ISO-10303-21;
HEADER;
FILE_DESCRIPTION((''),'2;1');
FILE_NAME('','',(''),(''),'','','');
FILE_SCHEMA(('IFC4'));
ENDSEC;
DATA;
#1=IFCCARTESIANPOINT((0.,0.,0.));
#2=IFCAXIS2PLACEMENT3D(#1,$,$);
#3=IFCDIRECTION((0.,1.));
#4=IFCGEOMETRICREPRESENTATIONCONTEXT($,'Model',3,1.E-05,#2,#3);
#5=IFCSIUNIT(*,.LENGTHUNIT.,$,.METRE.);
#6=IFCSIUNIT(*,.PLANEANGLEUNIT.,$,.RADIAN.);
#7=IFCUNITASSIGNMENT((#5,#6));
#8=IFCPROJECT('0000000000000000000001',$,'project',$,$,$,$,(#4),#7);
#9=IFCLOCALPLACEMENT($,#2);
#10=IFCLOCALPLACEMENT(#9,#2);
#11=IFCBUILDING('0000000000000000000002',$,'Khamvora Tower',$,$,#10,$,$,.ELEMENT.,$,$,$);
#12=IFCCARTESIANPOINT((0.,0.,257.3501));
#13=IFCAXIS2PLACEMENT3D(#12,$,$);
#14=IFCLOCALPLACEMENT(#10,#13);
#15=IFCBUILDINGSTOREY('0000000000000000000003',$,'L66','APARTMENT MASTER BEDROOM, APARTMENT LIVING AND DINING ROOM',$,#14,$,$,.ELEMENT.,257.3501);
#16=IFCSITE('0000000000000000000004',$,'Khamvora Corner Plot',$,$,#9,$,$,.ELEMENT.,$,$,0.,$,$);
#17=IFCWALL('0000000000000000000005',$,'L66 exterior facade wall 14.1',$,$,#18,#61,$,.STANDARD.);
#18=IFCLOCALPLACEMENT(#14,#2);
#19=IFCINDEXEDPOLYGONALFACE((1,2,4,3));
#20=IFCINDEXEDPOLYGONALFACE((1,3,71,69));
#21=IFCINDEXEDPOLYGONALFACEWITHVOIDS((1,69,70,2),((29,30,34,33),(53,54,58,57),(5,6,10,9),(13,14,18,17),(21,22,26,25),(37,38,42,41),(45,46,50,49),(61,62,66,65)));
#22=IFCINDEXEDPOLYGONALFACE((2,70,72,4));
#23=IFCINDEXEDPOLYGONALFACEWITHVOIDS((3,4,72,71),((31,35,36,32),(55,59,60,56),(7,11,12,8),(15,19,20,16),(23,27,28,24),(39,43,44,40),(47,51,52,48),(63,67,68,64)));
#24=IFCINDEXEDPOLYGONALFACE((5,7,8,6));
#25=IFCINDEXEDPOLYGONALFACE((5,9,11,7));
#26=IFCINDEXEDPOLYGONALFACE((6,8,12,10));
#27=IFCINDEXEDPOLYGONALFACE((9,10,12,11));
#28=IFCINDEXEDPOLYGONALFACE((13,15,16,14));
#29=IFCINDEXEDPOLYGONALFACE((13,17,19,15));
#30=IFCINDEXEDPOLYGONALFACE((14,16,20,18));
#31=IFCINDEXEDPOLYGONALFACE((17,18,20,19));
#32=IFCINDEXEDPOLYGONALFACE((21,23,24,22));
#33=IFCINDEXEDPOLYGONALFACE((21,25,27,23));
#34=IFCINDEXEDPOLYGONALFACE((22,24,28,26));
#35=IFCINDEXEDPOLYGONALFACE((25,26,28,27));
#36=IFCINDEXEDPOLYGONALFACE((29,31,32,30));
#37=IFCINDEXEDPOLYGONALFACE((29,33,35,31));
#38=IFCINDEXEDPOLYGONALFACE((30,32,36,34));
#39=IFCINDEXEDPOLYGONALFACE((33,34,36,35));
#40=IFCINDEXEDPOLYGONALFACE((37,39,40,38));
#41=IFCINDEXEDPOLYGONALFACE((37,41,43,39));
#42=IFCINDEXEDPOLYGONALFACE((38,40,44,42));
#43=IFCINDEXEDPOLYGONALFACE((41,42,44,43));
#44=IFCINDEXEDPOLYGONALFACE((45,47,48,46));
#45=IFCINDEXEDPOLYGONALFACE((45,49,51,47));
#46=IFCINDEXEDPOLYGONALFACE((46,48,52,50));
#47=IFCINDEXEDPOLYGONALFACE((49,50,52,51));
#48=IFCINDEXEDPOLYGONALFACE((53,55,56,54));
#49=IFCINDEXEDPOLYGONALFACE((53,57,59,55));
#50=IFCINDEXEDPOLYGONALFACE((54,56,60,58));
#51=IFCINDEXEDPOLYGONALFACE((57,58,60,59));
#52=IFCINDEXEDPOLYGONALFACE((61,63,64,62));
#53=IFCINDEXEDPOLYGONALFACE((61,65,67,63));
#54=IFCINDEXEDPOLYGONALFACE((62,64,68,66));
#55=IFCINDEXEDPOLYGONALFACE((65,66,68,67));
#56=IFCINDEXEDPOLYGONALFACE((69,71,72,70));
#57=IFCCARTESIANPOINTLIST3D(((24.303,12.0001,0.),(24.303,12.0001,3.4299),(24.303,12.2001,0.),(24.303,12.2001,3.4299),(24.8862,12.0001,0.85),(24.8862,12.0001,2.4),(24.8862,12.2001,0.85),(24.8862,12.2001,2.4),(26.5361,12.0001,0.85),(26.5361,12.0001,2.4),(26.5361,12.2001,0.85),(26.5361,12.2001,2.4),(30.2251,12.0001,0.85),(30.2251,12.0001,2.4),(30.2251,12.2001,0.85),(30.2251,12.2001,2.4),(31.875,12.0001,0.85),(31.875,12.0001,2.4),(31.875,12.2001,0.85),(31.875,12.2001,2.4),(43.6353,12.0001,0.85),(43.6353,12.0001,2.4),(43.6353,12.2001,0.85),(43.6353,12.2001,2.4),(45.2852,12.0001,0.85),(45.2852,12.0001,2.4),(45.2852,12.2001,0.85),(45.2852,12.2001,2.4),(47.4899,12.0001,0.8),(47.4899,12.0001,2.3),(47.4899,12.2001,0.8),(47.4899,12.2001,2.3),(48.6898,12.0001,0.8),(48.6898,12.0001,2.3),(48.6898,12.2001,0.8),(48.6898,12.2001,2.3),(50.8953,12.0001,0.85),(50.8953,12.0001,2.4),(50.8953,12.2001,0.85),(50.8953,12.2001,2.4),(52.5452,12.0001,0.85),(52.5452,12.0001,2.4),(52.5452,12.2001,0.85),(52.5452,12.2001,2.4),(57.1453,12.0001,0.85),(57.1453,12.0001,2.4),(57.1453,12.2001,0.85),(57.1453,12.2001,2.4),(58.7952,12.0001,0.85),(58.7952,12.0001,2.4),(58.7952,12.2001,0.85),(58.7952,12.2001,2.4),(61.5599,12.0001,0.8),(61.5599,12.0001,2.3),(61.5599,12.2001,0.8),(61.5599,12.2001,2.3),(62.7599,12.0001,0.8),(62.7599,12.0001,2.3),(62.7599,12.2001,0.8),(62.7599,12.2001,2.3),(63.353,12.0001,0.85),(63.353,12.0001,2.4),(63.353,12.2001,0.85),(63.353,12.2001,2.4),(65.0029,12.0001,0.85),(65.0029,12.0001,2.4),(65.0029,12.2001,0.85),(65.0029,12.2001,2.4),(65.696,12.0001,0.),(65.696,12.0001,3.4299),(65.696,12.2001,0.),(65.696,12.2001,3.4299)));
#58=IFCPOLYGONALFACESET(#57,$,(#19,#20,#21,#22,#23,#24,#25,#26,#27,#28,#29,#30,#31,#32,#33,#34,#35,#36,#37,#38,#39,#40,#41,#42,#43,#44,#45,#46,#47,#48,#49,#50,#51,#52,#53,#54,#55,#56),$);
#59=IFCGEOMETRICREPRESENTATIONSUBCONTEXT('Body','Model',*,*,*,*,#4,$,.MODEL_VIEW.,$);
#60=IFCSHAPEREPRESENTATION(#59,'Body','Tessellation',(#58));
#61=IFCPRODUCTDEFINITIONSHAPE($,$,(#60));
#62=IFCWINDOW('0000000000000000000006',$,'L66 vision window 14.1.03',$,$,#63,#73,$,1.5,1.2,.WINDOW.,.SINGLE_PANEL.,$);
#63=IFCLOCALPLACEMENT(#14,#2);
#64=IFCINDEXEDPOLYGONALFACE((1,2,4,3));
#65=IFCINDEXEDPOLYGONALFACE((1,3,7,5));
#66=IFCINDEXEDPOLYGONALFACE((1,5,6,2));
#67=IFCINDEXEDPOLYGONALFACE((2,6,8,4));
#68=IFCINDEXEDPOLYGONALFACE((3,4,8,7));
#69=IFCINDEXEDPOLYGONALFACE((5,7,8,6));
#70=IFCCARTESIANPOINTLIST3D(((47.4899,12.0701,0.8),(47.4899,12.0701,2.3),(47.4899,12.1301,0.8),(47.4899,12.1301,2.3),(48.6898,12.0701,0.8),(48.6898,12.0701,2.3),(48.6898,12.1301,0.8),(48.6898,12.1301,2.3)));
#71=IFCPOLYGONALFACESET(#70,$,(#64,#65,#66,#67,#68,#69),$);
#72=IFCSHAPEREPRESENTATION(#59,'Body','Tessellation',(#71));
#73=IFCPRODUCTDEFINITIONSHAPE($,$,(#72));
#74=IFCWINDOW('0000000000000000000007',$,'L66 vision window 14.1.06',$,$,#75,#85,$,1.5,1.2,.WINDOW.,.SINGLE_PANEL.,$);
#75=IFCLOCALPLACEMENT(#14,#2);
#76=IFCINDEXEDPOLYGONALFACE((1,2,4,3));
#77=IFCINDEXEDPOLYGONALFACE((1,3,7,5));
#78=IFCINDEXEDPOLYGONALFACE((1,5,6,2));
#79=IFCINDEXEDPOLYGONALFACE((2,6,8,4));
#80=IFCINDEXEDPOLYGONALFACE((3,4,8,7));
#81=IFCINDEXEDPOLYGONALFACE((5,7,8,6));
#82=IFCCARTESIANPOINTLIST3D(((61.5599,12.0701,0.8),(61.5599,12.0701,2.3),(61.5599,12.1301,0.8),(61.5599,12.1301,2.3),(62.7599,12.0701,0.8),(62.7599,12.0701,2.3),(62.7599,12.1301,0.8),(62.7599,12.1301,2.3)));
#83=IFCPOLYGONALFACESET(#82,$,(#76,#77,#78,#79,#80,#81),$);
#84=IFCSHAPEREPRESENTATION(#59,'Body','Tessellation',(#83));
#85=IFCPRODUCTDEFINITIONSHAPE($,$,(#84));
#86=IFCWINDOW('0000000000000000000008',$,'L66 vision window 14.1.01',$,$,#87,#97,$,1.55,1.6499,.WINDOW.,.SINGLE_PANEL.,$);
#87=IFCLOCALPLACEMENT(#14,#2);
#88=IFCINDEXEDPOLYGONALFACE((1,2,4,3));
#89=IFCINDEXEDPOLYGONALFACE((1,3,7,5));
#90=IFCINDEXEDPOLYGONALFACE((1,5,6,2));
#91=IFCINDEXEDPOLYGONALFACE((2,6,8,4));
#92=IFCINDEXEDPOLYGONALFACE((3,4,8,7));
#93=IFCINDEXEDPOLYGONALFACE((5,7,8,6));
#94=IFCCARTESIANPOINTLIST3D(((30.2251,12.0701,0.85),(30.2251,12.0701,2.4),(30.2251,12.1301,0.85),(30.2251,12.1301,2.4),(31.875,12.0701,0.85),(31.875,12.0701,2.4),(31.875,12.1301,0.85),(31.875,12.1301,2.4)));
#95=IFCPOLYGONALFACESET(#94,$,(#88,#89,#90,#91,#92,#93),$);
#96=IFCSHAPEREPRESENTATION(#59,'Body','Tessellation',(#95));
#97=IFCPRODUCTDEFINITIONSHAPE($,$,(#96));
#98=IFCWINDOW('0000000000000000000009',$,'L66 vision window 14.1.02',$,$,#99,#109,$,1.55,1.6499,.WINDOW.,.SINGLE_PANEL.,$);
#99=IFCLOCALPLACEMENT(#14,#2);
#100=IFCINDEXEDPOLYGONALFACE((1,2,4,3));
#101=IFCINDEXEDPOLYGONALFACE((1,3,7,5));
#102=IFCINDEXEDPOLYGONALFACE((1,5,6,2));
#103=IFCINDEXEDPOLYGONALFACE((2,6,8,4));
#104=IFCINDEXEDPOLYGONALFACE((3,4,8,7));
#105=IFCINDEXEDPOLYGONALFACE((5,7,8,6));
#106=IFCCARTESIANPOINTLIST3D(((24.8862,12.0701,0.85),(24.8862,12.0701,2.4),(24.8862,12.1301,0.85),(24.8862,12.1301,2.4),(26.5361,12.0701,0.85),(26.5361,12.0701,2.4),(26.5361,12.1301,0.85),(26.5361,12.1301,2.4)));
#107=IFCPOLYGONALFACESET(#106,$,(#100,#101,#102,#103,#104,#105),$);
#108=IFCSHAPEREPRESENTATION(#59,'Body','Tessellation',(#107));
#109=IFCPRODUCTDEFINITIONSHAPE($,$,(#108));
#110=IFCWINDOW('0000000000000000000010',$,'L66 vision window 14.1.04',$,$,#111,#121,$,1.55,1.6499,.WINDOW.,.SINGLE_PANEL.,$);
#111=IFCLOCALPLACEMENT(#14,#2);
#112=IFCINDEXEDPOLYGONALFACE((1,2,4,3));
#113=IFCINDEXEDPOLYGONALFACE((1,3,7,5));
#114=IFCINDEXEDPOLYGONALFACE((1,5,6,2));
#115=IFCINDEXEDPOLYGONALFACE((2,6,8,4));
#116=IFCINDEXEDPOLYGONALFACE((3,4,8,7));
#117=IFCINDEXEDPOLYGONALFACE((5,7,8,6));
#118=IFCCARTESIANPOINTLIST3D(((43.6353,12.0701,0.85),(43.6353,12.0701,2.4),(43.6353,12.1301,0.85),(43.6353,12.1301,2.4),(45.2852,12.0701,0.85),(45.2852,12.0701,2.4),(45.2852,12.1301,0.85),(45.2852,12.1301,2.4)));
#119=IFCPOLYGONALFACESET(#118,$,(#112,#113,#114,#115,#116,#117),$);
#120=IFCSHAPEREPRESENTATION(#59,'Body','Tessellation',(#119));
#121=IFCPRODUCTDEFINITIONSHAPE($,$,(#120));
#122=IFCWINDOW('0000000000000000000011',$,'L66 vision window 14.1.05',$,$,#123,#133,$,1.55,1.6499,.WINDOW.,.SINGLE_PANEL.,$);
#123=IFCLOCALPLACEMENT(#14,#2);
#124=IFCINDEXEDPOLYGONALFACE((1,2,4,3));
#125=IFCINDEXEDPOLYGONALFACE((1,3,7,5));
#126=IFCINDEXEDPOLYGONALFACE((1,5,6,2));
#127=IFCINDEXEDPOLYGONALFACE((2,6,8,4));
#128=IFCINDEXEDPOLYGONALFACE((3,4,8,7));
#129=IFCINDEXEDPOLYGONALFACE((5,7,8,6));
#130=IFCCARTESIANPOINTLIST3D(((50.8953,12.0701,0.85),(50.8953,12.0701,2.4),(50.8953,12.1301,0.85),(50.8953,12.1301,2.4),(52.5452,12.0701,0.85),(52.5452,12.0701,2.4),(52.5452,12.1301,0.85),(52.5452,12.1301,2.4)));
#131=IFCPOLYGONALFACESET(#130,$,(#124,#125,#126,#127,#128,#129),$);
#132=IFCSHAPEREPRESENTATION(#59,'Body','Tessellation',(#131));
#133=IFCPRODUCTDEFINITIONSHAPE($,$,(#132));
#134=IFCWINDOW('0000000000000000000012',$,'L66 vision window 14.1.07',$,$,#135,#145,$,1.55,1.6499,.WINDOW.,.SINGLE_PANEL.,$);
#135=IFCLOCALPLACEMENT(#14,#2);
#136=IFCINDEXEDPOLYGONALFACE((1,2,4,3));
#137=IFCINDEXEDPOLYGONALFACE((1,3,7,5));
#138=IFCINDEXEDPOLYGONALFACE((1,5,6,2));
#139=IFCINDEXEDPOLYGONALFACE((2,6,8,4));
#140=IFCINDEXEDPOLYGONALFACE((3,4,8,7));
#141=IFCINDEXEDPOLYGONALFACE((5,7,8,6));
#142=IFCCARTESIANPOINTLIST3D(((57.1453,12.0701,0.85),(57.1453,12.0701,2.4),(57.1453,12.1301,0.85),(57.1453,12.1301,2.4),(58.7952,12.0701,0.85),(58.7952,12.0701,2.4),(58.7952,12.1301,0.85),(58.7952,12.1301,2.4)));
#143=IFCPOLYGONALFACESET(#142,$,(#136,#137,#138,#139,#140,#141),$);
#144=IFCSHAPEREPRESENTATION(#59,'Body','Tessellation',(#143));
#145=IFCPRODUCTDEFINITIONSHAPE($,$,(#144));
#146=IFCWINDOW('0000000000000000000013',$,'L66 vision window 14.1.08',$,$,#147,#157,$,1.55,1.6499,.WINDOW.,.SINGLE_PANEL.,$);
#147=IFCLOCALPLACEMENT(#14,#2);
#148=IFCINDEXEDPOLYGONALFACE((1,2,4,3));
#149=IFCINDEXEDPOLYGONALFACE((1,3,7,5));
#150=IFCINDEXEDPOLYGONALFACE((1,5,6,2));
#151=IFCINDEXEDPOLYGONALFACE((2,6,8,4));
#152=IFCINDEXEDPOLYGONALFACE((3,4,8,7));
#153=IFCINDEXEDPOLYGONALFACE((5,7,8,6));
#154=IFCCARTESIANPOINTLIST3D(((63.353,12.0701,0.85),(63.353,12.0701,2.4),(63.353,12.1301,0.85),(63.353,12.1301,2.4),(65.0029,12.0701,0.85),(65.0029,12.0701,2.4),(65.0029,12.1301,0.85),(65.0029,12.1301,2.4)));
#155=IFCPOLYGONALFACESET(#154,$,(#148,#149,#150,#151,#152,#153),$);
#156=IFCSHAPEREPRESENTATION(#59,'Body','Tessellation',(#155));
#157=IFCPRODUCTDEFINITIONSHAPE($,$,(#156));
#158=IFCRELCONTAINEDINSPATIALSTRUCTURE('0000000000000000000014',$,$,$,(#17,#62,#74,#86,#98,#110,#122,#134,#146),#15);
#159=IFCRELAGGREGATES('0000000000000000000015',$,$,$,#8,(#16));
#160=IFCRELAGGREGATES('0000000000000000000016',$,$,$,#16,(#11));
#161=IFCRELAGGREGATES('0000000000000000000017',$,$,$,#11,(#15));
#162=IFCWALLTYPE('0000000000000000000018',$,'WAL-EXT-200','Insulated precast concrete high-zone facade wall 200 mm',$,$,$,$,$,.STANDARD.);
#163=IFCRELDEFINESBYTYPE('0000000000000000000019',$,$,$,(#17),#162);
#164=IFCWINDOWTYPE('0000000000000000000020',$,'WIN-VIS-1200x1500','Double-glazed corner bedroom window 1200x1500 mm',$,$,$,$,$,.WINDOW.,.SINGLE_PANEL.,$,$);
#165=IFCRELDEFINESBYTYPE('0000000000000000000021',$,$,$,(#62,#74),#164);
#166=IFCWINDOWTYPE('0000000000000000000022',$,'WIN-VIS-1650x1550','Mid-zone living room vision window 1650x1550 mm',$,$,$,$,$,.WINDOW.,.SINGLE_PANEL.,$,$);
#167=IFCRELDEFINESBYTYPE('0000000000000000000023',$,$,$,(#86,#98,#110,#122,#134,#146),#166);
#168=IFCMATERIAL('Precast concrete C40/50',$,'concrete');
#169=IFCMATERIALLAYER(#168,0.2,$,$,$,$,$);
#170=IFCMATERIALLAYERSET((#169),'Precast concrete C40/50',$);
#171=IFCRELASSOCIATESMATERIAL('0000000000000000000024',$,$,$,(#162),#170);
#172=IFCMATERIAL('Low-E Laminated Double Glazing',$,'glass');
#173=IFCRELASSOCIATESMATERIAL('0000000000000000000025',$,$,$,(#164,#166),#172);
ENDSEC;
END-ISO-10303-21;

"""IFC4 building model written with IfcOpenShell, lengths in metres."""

from ifc_helpers import new_model, si_unit, direction, frame, frame_2d, origin, place, context, subcontext, project, spatial, rectangle, extrude, material, layer, layer_set, type_object, element, fill, save


model = new_model("IFC4")

# Units and contexts
model_context = context("Model", 3, precision=1e-05, world=origin(), true_north=direction((0.0, 1.0)))
body_context = subcontext(model_context, "Body", "Model", "MODEL_VIEW")
ifc_project = project(units=[si_unit("LENGTHUNIT", "METRE"), si_unit("PLANEANGLEUNIT", "RADIAN")], contexts=[model_context])

# Site, building, storey
site_placement = place(None, origin())
site = spatial("IfcSite", under=ifc_project, at=site_placement, Name="Khamvora Corner Plot", CompositionType="ELEMENT", RefElevation=0.0)
building_placement = place(site_placement, origin())
building = spatial("IfcBuilding", under=site, at=building_placement, Name="Khamvora Tower", CompositionType="ELEMENT")
storey_placement = place(building_placement, frame((0.0, 0.0, 257.3501)))
storey = spatial("IfcBuildingStorey", under=building, at=storey_placement, Name="L66", Description="APARTMENT MASTER BEDROOM, APARTMENT LIVING AND DINING ROOM", CompositionType="ELEMENT", Elevation=257.3501)

# Shared definitions
ifc_material_1 = material(Name="Precast concrete C40/50", Category="concrete")
ifc_layer_1 = layer(ifc_material_1, 0.2)
ifc_layer_set_1 = layer_set([ifc_layer_1], Name="Precast concrete C40/50")
wall_type_1 = type_object("IfcWallType", Name="WAL-EXT-200", Description="Insulated precast concrete high-zone facade wall 200 mm", PredefinedType="STANDARD", material=ifc_layer_set_1)

# Wall, openings, windows
wall_1_placement = place(storey_placement, frame((65.696, 12.1001, 0.0), z_axis=(0.0, 0.0, 1.0), x_axis=(-1.0, 0.0, 0.0)))
wall_1 = element("IfcWall", 1, at=wall_1_placement, inside=storey, type_object=wall_type_1, Name="L66 exterior facade wall 14.1", PredefinedType="STANDARD", context=body_context, shape_type="SweptSolid", body=[
    extrude(rectangle(XDim=41.3931, YDim=0.2, at=frame_2d((20.6965, 0.0))), origin(), (0.0, 0.0, 1.0), 3.4299),
])
opening_1_placement = place(wall_1_placement, frame((33.821, 0.0, 0.8501)))
opening_1 = element("IfcOpeningElement", 2, at=opening_1_placement, cuts=wall_1, PredefinedType="OPENING", context=body_context, shape_type="SweptSolid", body=[
    extrude(rectangle(XDim=1.6499, YDim=1.55, at=frame_2d((0.825, 0.7749))), frame((0.0, 0.1099, 0.0), z_axis=(0.0, -1.0, 0.0), x_axis=(1.0, 0.0, 0.0)), (0.0, 0.0, 1.0), 0.22),
])
opening_2_placement = place(wall_1_placement, frame((39.1599, 0.0, 0.8501)))
opening_2 = element("IfcOpeningElement", 3, at=opening_2_placement, cuts=wall_1, PredefinedType="OPENING", context=body_context, shape_type="SweptSolid", body=[
    extrude(rectangle(XDim=1.6499, YDim=1.55, at=frame_2d((0.825, 0.7749))), frame((0.0, 0.1099, 0.0), z_axis=(0.0, -1.0, 0.0), x_axis=(1.0, 0.0, 0.0)), (0.0, 0.0, 1.0), 0.22),
])
opening_3_placement = place(wall_1_placement, frame((17.0061, 0.0, 0.8)))
opening_3 = element("IfcOpeningElement", 4, at=opening_3_placement, cuts=wall_1, PredefinedType="OPENING", context=body_context, shape_type="SweptSolid", body=[
    extrude(rectangle(XDim=1.2, YDim=1.5, at=frame_2d((0.6001, 0.75))), frame((0.0, 0.1099, 0.0), z_axis=(0.0, -1.0, 0.0), x_axis=(1.0, 0.0, 0.0)), (0.0, 0.0, 1.0), 0.22),
])
opening_4_placement = place(wall_1_placement, frame((20.4109, 0.0, 0.8501)))
opening_4 = element("IfcOpeningElement", 5, at=opening_4_placement, cuts=wall_1, PredefinedType="OPENING", context=body_context, shape_type="SweptSolid", body=[
    extrude(rectangle(XDim=1.6499, YDim=1.55, at=frame_2d((0.825, 0.7749))), frame((0.0, 0.1099, 0.0), z_axis=(0.0, -1.0, 0.0), x_axis=(1.0, 0.0, 0.0)), (0.0, 0.0, 1.0), 0.22),
])
opening_5_placement = place(wall_1_placement, frame((13.1509, 0.0, 0.8501)))
opening_5 = element("IfcOpeningElement", 6, at=opening_5_placement, cuts=wall_1, PredefinedType="OPENING", context=body_context, shape_type="SweptSolid", body=[
    extrude(rectangle(XDim=1.6499, YDim=1.55, at=frame_2d((0.825, 0.7749))), frame((0.0, 0.1099, 0.0), z_axis=(0.0, -1.0, 0.0), x_axis=(1.0, 0.0, 0.0)), (0.0, 0.0, 1.0), 0.22),
])
opening_6_placement = place(wall_1_placement, frame((2.936, 0.0, 0.8)))
opening_6 = element("IfcOpeningElement", 7, at=opening_6_placement, cuts=wall_1, PredefinedType="OPENING", context=body_context, shape_type="SweptSolid", body=[
    extrude(rectangle(XDim=1.2, YDim=1.5, at=frame_2d((0.6001, 0.75))), frame((0.0, 0.1099, 0.0), z_axis=(0.0, -1.0, 0.0), x_axis=(1.0, 0.0, 0.0)), (0.0, 0.0, 1.0), 0.22),
])
opening_7_placement = place(wall_1_placement, frame((6.9009, 0.0, 0.8501)))
opening_7 = element("IfcOpeningElement", 8, at=opening_7_placement, cuts=wall_1, PredefinedType="OPENING", context=body_context, shape_type="SweptSolid", body=[
    extrude(rectangle(XDim=1.6499, YDim=1.55, at=frame_2d((0.825, 0.7749))), frame((0.0, 0.1099, 0.0), z_axis=(0.0, -1.0, 0.0), x_axis=(1.0, 0.0, 0.0)), (0.0, 0.0, 1.0), 0.22),
])
opening_8_placement = place(wall_1_placement, frame((0.6931, 0.0, 0.8501)))
opening_8 = element("IfcOpeningElement", 9, at=opening_8_placement, cuts=wall_1, PredefinedType="OPENING", context=body_context, shape_type="SweptSolid", body=[
    extrude(rectangle(XDim=1.6499, YDim=1.55, at=frame_2d((0.825, 0.7749))), frame((0.0, 0.1099, 0.0), z_axis=(0.0, -1.0, 0.0), x_axis=(1.0, 0.0, 0.0)), (0.0, 0.0, 1.0), 0.22),
])
ifc_material_2 = material(Name="Low-E Laminated Double Glazing", Category="glass")
window_type_1 = type_object("IfcWindowType", Name="WIN-VIS-1200x1500", Description="Double-glazed corner bedroom window 1200x1500 mm", PartitioningType="SINGLE_PANEL", PredefinedType="WINDOW", material=ifc_material_2)
window_1_placement = place(opening_3_placement, origin())
window_1 = element("IfcWindow", 10, at=window_1_placement, inside=storey, type_object=window_type_1, Name="L66 vision window 14.1.03", OverallHeight=1.5, OverallWidth=1.2, PartitioningType="SINGLE_PANEL", PredefinedType="WINDOW", context=body_context, shape_type="SweptSolid", body=[
    extrude(rectangle(XDim=1.2, YDim=1.5, at=frame_2d((0.6001, 0.75))), frame((0.0, 0.03, 0.0), z_axis=(0.0, -1.0, 0.0), x_axis=(1.0, 0.0, 0.0)), (0.0, 0.0, 1.0), 0.0601),
])
fill(opening_3, window_1)
window_2_placement = place(opening_6_placement, origin())
window_2 = element("IfcWindow", 11, at=window_2_placement, inside=storey, type_object=window_type_1, Name="L66 vision window 14.1.06", OverallHeight=1.5, OverallWidth=1.2, PartitioningType="SINGLE_PANEL", PredefinedType="WINDOW", context=body_context, shape_type="SweptSolid", body=[
    extrude(rectangle(XDim=1.2, YDim=1.5, at=frame_2d((0.6001, 0.75))), frame((0.0, 0.03, 0.0), z_axis=(0.0, -1.0, 0.0), x_axis=(1.0, 0.0, 0.0)), (0.0, 0.0, 1.0), 0.0601),
])
fill(opening_6, window_2)
window_type_2 = type_object("IfcWindowType", Name="WIN-VIS-1650x1550", Description="Mid-zone living room vision window 1650x1550 mm", PartitioningType="SINGLE_PANEL", PredefinedType="WINDOW", material=ifc_material_2)
window_3_placement = place(opening_1_placement, origin())
window_3 = element("IfcWindow", 12, at=window_3_placement, inside=storey, type_object=window_type_2, Name="L66 vision window 14.1.01", OverallHeight=1.55, OverallWidth=1.6499, PartitioningType="SINGLE_PANEL", PredefinedType="WINDOW", context=body_context, shape_type="SweptSolid", body=[
    extrude(rectangle(XDim=1.6499, YDim=1.55, at=frame_2d((0.825, 0.7749))), frame((0.0, 0.03, 0.0), z_axis=(0.0, -1.0, 0.0), x_axis=(1.0, 0.0, 0.0)), (0.0, 0.0, 1.0), 0.0601),
])
fill(opening_1, window_3)
window_4_placement = place(opening_2_placement, origin())
window_4 = element("IfcWindow", 13, at=window_4_placement, inside=storey, type_object=window_type_2, Name="L66 vision window 14.1.02", OverallHeight=1.55, OverallWidth=1.6499, PartitioningType="SINGLE_PANEL", PredefinedType="WINDOW", context=body_context, shape_type="SweptSolid", body=[
    extrude(rectangle(XDim=1.6499, YDim=1.55, at=frame_2d((0.825, 0.7749))), frame((0.0, 0.03, 0.0), z_axis=(0.0, -1.0, 0.0), x_axis=(1.0, 0.0, 0.0)), (0.0, 0.0, 1.0), 0.0601),
])
fill(opening_2, window_4)
window_5_placement = place(opening_4_placement, origin())
window_5 = element("IfcWindow", 14, at=window_5_placement, inside=storey, type_object=window_type_2, Name="L66 vision window 14.1.04", OverallHeight=1.55, OverallWidth=1.6499, PartitioningType="SINGLE_PANEL", PredefinedType="WINDOW", context=body_context, shape_type="SweptSolid", body=[
    extrude(rectangle(XDim=1.6499, YDim=1.55, at=frame_2d((0.825, 0.7749))), frame((0.0, 0.03, 0.0), z_axis=(0.0, -1.0, 0.0), x_axis=(1.0, 0.0, 0.0)), (0.0, 0.0, 1.0), 0.0601),
])
fill(opening_4, window_5)
window_6_placement = place(opening_5_placement, origin())
window_6 = element("IfcWindow", 15, at=window_6_placement, inside=storey, type_object=window_type_2, Name="L66 vision window 14.1.05", OverallHeight=1.55, OverallWidth=1.6499, PartitioningType="SINGLE_PANEL", PredefinedType="WINDOW", context=body_context, shape_type="SweptSolid", body=[
    extrude(rectangle(XDim=1.6499, YDim=1.55, at=frame_2d((0.825, 0.7749))), frame((0.0, 0.03, 0.0), z_axis=(0.0, -1.0, 0.0), x_axis=(1.0, 0.0, 0.0)), (0.0, 0.0, 1.0), 0.0601),
])
fill(opening_5, window_6)
window_7_placement = place(opening_7_placement, origin())
window_7 = element("IfcWindow", 16, at=window_7_placement, inside=storey, type_object=window_type_2, Name="L66 vision window 14.1.07", OverallHeight=1.55, OverallWidth=1.6499, PartitioningType="SINGLE_PANEL", PredefinedType="WINDOW", context=body_context, shape_type="SweptSolid", body=[
    extrude(rectangle(XDim=1.6499, YDim=1.55, at=frame_2d((0.825, 0.7749))), frame((0.0, 0.03, 0.0), z_axis=(0.0, -1.0, 0.0), x_axis=(1.0, 0.0, 0.0)), (0.0, 0.0, 1.0), 0.0601),
])
fill(opening_7, window_7)
window_8_placement = place(opening_8_placement, origin())
window_8 = element("IfcWindow", 17, at=window_8_placement, inside=storey, type_object=window_type_2, Name="L66 vision window 14.1.08", OverallHeight=1.55, OverallWidth=1.6499, PartitioningType="SINGLE_PANEL", PredefinedType="WINDOW", context=body_context, shape_type="SweptSolid", body=[
    extrude(rectangle(XDim=1.6499, YDim=1.55, at=frame_2d((0.825, 0.7749))), frame((0.0, 0.03, 0.0), z_axis=(0.0, -1.0, 0.0), x_axis=(1.0, 0.0, 0.0)), (0.0, 0.0, 1.0), 0.0601),
])
fill(opening_8, window_8)

save(model, "model.ifc")
